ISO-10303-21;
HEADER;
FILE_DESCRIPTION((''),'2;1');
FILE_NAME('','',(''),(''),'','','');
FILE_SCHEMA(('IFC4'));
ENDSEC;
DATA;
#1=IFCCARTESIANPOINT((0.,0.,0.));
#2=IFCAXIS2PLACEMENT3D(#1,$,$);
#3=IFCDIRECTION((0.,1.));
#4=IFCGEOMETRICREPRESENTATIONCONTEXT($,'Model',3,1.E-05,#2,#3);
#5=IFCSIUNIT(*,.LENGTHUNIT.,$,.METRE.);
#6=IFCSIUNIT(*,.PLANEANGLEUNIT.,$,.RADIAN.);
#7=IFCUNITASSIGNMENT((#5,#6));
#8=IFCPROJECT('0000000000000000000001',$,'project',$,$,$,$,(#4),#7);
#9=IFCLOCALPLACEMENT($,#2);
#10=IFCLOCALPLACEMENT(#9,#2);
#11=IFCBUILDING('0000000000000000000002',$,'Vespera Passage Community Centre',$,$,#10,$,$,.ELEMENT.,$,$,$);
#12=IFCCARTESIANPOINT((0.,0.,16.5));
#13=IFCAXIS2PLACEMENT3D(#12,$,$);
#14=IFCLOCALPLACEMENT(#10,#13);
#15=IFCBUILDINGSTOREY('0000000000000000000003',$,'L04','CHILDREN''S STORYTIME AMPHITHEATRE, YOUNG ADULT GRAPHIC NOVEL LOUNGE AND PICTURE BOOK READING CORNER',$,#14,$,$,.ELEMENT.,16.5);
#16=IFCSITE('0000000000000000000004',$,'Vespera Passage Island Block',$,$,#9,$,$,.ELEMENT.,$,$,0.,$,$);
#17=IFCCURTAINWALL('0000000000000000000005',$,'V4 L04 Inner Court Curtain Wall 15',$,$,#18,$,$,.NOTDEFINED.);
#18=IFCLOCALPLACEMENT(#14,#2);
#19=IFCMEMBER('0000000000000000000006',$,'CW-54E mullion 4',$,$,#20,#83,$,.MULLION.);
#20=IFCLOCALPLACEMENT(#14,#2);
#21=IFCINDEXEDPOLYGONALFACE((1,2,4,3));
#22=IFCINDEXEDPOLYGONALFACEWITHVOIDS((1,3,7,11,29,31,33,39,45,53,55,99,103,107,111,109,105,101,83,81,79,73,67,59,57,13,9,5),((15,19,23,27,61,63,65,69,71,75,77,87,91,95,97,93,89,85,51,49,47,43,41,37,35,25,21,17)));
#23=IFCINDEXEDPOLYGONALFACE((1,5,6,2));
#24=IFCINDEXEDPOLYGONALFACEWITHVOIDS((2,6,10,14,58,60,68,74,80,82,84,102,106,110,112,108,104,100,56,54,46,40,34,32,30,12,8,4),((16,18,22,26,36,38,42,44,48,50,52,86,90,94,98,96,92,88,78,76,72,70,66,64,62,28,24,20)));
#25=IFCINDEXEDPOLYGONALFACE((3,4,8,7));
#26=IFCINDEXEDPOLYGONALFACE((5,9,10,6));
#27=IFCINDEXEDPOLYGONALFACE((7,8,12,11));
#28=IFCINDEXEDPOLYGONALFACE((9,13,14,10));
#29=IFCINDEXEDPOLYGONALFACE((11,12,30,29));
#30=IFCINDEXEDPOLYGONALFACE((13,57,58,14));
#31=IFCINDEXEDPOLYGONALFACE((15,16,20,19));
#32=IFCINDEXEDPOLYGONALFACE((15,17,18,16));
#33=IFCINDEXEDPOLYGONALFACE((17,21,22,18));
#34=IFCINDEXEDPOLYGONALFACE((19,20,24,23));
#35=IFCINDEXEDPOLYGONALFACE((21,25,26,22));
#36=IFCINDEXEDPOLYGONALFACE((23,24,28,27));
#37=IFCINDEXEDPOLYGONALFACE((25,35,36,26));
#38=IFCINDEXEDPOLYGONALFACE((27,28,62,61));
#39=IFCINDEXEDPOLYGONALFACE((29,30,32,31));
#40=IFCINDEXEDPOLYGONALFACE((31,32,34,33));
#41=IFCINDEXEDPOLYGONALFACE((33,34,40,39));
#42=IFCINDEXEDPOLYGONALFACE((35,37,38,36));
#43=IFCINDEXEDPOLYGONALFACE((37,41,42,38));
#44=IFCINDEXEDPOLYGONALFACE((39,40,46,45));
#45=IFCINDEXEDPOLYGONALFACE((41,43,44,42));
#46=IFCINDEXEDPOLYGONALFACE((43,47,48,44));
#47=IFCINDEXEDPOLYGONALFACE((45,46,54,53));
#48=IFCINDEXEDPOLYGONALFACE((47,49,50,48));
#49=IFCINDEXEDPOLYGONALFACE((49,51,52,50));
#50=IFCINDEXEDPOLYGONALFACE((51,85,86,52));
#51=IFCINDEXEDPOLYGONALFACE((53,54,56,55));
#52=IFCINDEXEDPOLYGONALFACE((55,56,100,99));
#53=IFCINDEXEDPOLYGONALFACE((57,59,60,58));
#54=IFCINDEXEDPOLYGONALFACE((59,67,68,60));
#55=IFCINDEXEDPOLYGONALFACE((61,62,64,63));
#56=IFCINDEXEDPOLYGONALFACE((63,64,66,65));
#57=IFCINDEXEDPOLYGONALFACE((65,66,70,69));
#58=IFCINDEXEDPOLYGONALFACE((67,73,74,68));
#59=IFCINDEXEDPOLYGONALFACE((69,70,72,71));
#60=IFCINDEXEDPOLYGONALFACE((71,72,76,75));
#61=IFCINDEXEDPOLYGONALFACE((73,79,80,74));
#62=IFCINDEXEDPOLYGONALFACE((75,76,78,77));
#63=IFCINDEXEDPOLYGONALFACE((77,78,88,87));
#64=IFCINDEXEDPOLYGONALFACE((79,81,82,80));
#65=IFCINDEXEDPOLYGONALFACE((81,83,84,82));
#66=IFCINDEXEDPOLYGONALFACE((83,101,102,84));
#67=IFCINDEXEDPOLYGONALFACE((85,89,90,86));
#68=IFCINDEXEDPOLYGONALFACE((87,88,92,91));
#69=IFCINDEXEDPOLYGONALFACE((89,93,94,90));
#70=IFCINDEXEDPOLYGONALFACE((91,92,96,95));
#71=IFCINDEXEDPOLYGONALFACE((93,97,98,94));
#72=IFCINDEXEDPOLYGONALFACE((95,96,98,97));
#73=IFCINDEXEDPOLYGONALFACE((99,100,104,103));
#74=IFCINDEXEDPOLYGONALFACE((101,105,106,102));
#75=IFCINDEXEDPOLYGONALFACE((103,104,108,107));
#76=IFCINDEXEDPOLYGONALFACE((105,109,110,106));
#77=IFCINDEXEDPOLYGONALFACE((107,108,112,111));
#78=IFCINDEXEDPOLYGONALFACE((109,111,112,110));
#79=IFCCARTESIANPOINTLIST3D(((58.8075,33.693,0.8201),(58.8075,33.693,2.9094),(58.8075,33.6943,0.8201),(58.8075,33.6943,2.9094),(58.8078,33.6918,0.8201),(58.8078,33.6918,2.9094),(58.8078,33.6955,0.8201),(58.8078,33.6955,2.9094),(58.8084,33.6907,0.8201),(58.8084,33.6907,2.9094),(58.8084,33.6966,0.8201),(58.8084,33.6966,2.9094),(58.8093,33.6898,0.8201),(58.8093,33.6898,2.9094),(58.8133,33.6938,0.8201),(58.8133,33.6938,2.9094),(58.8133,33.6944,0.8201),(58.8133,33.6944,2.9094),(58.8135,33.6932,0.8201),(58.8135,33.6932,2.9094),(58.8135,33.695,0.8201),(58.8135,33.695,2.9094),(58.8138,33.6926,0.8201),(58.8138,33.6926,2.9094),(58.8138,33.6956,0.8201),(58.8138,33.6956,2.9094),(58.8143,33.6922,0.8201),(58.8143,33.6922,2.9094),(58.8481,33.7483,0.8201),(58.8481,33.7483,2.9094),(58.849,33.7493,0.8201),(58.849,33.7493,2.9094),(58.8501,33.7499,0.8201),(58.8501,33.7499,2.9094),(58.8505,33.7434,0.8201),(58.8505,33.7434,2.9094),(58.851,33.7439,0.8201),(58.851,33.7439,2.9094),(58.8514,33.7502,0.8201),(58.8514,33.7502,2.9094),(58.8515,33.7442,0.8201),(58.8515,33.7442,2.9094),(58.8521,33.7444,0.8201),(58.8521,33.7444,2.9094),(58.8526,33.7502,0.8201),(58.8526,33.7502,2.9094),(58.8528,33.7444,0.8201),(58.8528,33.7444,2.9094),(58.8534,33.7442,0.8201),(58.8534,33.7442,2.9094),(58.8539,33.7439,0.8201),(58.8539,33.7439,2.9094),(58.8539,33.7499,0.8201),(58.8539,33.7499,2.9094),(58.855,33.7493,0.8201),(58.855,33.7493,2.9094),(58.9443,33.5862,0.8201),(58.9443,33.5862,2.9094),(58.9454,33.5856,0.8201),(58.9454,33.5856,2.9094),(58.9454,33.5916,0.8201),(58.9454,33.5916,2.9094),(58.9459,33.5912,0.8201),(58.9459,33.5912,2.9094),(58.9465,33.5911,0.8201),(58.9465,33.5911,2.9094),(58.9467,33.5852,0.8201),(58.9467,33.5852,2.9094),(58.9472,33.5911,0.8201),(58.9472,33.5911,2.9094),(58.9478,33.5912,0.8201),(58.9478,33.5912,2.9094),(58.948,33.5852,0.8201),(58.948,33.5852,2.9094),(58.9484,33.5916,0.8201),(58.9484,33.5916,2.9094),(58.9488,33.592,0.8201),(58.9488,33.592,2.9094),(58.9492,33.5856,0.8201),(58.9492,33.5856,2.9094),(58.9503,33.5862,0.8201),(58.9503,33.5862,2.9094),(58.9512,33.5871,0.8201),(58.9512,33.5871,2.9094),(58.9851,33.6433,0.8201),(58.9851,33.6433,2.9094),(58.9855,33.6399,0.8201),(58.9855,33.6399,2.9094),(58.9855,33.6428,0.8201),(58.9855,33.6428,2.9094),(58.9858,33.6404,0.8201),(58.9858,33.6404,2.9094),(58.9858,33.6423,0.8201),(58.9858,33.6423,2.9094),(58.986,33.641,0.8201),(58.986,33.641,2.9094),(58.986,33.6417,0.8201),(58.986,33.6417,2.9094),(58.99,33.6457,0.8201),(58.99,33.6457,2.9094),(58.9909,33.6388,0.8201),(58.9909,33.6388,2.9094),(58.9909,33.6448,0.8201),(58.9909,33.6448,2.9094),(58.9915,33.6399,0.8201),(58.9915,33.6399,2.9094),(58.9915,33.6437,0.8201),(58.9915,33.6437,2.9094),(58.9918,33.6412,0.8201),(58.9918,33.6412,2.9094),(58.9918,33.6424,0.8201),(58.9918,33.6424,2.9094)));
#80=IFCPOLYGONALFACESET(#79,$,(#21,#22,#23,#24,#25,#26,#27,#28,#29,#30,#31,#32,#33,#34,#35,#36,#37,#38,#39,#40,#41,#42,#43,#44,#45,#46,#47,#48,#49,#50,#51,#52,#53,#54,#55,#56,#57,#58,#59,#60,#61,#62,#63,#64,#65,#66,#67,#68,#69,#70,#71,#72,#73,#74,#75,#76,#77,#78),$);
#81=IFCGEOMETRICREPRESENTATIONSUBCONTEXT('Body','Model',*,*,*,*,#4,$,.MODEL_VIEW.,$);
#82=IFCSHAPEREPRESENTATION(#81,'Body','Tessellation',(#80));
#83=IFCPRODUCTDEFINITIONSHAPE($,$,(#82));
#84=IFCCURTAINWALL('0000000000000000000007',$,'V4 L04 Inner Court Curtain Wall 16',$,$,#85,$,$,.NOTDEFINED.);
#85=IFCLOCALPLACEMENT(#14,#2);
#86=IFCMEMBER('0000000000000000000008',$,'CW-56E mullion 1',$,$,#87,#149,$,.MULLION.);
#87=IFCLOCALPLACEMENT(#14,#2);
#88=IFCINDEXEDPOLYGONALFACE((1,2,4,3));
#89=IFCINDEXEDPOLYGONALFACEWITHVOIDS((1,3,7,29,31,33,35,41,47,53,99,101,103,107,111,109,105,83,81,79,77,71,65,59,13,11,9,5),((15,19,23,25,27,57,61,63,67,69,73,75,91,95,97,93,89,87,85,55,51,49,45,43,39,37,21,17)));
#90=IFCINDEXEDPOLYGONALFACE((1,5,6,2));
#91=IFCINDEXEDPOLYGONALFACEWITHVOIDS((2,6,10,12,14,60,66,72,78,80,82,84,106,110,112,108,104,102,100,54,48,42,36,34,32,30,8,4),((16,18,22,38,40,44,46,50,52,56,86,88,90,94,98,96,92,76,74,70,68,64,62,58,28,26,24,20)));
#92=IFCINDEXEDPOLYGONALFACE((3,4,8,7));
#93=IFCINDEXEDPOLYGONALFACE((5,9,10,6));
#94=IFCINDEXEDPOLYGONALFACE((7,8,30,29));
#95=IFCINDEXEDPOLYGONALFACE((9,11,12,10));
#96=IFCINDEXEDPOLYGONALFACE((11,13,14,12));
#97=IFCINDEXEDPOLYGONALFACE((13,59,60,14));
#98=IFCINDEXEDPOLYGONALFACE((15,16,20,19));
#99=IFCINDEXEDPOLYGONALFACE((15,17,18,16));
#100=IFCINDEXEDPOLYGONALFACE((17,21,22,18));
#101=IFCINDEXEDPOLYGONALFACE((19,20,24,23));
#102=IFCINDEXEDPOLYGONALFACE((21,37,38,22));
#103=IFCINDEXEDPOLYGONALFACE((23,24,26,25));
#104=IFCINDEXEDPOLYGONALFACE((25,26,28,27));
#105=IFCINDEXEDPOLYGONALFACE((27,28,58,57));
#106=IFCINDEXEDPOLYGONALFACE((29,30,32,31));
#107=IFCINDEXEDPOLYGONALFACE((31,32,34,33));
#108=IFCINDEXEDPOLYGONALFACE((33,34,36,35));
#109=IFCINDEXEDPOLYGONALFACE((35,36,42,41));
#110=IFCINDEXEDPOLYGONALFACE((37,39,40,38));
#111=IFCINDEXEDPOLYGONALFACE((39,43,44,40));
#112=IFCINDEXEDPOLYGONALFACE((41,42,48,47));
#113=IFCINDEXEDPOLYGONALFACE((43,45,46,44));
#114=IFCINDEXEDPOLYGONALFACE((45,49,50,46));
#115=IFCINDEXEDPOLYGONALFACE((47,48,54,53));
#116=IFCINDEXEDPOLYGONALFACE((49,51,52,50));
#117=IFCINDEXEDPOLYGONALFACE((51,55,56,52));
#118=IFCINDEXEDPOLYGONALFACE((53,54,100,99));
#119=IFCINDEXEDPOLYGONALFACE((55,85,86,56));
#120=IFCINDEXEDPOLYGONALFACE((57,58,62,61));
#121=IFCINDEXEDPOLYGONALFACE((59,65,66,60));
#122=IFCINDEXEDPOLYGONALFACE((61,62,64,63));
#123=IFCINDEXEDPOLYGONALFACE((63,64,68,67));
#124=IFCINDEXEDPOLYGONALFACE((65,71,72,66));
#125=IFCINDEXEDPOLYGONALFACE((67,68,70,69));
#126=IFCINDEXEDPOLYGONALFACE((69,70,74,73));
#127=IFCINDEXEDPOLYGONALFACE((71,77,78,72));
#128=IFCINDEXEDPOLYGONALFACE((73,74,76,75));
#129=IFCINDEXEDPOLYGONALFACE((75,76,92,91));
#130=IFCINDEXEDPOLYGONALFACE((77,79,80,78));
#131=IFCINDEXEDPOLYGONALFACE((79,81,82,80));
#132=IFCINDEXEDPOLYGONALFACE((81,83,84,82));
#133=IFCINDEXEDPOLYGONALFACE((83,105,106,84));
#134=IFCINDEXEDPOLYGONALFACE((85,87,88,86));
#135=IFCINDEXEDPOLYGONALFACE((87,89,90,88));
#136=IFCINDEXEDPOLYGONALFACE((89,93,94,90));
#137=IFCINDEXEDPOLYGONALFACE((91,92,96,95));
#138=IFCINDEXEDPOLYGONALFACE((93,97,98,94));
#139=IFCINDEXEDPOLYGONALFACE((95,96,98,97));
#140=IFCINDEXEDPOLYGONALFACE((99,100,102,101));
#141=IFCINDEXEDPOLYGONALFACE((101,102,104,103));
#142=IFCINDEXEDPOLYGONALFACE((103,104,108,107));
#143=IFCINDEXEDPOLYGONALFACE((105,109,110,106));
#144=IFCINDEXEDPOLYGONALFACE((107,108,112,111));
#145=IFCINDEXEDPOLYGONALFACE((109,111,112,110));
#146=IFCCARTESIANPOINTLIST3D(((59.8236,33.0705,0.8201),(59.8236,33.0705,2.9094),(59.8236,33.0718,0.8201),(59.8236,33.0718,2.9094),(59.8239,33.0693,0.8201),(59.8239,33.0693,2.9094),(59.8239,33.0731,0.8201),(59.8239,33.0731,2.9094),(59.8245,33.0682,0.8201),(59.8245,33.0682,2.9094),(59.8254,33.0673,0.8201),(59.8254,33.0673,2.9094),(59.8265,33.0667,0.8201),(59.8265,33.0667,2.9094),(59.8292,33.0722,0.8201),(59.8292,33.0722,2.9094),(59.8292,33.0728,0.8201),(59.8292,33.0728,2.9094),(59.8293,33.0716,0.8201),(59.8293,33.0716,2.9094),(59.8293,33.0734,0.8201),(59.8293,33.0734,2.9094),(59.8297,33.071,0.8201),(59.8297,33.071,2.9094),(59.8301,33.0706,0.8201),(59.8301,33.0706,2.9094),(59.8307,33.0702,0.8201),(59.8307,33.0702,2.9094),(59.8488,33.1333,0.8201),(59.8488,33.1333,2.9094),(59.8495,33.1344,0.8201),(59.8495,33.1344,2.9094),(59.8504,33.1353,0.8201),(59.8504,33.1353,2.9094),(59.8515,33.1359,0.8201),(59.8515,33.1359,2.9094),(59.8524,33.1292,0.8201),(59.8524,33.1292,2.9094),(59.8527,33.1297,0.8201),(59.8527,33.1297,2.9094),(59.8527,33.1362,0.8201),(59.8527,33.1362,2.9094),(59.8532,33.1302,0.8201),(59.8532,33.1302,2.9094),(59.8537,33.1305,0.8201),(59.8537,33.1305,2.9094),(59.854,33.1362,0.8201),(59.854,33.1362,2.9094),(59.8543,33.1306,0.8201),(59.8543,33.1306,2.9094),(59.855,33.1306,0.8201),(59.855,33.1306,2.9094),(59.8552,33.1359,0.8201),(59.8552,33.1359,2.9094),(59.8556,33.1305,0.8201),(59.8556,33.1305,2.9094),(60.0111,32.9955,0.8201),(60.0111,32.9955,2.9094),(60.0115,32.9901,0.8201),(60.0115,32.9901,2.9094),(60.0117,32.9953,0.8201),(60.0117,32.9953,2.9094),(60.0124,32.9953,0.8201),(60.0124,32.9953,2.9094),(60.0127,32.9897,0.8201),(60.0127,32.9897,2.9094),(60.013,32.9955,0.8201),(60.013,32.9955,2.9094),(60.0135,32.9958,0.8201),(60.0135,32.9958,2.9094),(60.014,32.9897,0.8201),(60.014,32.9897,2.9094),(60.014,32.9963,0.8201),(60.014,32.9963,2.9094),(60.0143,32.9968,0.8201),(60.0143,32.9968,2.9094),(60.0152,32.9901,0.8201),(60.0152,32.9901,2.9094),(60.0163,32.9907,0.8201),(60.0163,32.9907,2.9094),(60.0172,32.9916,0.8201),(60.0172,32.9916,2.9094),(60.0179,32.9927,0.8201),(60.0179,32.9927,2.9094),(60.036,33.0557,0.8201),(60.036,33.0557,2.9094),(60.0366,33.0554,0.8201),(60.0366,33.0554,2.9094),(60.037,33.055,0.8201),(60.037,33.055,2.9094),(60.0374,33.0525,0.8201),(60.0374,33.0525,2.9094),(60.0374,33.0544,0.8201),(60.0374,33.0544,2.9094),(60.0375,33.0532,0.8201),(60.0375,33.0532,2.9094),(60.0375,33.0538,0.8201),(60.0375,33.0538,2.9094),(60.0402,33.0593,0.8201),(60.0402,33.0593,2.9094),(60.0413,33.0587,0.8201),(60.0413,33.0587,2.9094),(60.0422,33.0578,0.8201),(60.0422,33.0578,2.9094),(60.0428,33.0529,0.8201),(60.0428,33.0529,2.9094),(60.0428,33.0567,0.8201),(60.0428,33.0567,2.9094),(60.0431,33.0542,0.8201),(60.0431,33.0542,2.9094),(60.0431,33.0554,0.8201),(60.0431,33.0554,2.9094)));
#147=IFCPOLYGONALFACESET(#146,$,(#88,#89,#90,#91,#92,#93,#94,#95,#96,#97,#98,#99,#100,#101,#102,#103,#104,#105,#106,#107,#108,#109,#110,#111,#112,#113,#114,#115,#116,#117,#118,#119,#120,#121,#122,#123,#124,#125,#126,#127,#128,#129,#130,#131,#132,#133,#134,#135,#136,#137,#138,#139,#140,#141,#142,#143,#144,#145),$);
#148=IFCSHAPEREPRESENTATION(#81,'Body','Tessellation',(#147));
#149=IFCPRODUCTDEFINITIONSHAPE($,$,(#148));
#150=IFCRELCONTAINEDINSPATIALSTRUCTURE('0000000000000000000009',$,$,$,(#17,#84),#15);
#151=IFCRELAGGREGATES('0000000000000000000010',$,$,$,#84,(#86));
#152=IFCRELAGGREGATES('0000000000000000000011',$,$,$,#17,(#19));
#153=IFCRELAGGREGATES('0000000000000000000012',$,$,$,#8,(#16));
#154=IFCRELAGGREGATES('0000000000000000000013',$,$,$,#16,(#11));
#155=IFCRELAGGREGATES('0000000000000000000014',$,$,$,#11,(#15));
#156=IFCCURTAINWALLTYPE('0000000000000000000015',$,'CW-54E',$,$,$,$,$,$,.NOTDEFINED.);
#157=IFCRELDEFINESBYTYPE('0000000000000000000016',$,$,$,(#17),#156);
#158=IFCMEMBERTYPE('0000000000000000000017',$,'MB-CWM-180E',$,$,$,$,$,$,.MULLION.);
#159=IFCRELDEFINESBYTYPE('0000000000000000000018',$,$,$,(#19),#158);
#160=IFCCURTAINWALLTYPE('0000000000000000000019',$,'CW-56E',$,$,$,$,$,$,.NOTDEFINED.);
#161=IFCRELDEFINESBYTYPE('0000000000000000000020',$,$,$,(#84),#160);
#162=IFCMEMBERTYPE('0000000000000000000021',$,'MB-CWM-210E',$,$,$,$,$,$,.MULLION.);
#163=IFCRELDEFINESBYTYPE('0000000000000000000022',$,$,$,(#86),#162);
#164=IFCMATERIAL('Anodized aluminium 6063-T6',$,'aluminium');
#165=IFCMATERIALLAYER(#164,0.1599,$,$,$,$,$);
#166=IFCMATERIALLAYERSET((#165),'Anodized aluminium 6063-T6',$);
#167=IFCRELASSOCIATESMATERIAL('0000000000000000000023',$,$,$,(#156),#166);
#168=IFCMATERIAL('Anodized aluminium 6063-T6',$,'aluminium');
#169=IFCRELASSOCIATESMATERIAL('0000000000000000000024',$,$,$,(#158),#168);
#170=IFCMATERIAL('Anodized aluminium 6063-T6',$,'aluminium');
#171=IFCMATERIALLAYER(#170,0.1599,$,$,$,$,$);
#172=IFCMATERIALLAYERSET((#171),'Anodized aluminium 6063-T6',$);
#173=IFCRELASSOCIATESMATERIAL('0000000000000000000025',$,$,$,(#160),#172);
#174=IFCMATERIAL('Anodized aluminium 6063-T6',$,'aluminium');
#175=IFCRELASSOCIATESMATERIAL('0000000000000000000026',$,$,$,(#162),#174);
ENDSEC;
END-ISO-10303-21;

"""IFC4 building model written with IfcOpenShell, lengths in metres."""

from ifc_helpers import new_model, si_unit, direction, frame, origin, origin_2d, place, context, subcontext, project, spatial, hollow_rectangle, extrude, material, layer, layer_set, material_profile, profile_set, type_object, element, aggregate, save


model = new_model("IFC4")

# Units and contexts
model_context = context("Model", 3, precision=1e-05, world=origin(), true_north=direction((0.0, 1.0)))
body_context = subcontext(model_context, "Body", "Model", "MODEL_VIEW")
ifc_project = project(units=[si_unit("LENGTHUNIT", "METRE"), si_unit("PLANEANGLEUNIT", "RADIAN")], contexts=[model_context])

# Site, building, storey
site_placement = place(None, origin())
site = spatial("IfcSite", under=ifc_project, at=site_placement, Name="Vespera Passage Island Block", CompositionType="ELEMENT", RefElevation=0.0)
building_placement = place(site_placement, origin())
building = spatial("IfcBuilding", under=site, at=building_placement, Name="Vespera Passage Community Centre", CompositionType="ELEMENT")
storey_placement = place(building_placement, frame((0.0, 0.0, 16.5)))
storey = spatial("IfcBuildingStorey", under=building, at=storey_placement, Name="L04", Description="CHILDREN'S STORYTIME AMPHITHEATRE, YOUNG ADULT GRAPHIC NOVEL LOUNGE AND PICTURE BOOK READING CORNER", CompositionType="ELEMENT", Elevation=16.5)

# Curtain wall, member
ifc_material_1 = material(Name="Anodized aluminium 6063-T6", Category="aluminium")
ifc_layer_1 = layer(ifc_material_1, 0.1599)
ifc_layer_set_1 = layer_set([ifc_layer_1], Name="Anodized aluminium 6063-T6")
curtain_wall_type_1 = type_object("IfcCurtainWallType", Name="CW-54E", PredefinedType="NOTDEFINED", material=ifc_layer_set_1)
curtain_wall_1_placement = place(storey_placement, origin())
curtain_wall_1 = element("IfcCurtainWall", 1, at=curtain_wall_1_placement, inside=storey, type_object=curtain_wall_type_1, Name="V4 L04 Inner Court Curtain Wall 15", PredefinedType="NOTDEFINED")
ifc_material_2 = material(Name="Anodized aluminium 6063-T6", Category="aluminium")
ifc_material_profile_1 = material_profile(ifc_material_2, hollow_rectangle(XDim=0.075, YDim=0.1799, WallThickness=0.0049, InnerFilletRadius=0.0024, OuterFilletRadius=0.0049, at=origin_2d()), Name="ALU180X75X5")
ifc_profile_set_1 = profile_set([ifc_material_profile_1], Name="Anodized aluminium 6063-T6")
member_type_1 = type_object("IfcMemberType", Name="MB-CWM-180E", PredefinedType="MULLION", material=ifc_profile_set_1)
member_1_placement = place(storey_placement, frame((58.8997, 33.6677, 0.8201), z_axis=(0.0, 0.0, 1.0), x_axis=(0.608755, 0.793358, 0.0)))
member_1 = element("IfcMember", 2, at=member_1_placement, type_object=member_type_1, Name="CW-54E mullion 4", PredefinedType="MULLION", context=body_context, shape_type="SweptSolid", body=[
    extrude(hollow_rectangle(XDim=0.075, YDim=0.1799, WallThickness=0.0049, InnerFilletRadius=0.0024, OuterFilletRadius=0.0049, at=origin_2d()), origin(), (0.0, 0.0, 1.0), 2.0894),
])

# Curtain wall, member
ifc_material_3 = material(Name="Anodized aluminium 6063-T6", Category="aluminium")
ifc_layer_2 = layer(ifc_material_3, 0.1599)
ifc_layer_set_2 = layer_set([ifc_layer_2], Name="Anodized aluminium 6063-T6")
curtain_wall_type_2 = type_object("IfcCurtainWallType", Name="CW-56E", PredefinedType="NOTDEFINED", material=ifc_layer_set_2)
curtain_wall_2_placement = place(storey_placement, origin())
curtain_wall_2 = element("IfcCurtainWall", 3, at=curtain_wall_2_placement, inside=storey, type_object=curtain_wall_type_2, Name="V4 L04 Inner Court Curtain Wall 16", PredefinedType="NOTDEFINED")
ifc_material_4 = material(Name="Anodized aluminium 6063-T6", Category="aluminium")
ifc_material_profile_2 = material_profile(ifc_material_4, hollow_rectangle(XDim=0.075, YDim=0.21, WallThickness=0.0049, InnerFilletRadius=0.0024, OuterFilletRadius=0.0049, at=origin_2d()), Name="ALU210X75X5")
ifc_profile_set_2 = profile_set([ifc_material_profile_2], Name="Anodized aluminium 6063-T6")
member_type_2 = type_object("IfcMemberType", Name="MB-CWM-210E", PredefinedType="MULLION", material=ifc_profile_set_2)
member_2_placement = place(storey_placement, frame((59.9333, 33.063, 0.8201), z_axis=(0.0, 0.0, 1.0), x_axis=(0.38269, 0.923877, 0.0)))
member_2 = element("IfcMember", 4, at=member_2_placement, type_object=member_type_2, Name="CW-56E mullion 1", PredefinedType="MULLION", context=body_context, shape_type="SweptSolid", body=[
    extrude(hollow_rectangle(XDim=0.075, YDim=0.21, WallThickness=0.0049, InnerFilletRadius=0.0024, OuterFilletRadius=0.0049, at=origin_2d()), origin(), (0.0, 0.0, 1.0), 2.0894),
])

aggregate(curtain_wall_2, [member_2])

aggregate(curtain_wall_1, [member_1])

save(model, "model.ifc")
